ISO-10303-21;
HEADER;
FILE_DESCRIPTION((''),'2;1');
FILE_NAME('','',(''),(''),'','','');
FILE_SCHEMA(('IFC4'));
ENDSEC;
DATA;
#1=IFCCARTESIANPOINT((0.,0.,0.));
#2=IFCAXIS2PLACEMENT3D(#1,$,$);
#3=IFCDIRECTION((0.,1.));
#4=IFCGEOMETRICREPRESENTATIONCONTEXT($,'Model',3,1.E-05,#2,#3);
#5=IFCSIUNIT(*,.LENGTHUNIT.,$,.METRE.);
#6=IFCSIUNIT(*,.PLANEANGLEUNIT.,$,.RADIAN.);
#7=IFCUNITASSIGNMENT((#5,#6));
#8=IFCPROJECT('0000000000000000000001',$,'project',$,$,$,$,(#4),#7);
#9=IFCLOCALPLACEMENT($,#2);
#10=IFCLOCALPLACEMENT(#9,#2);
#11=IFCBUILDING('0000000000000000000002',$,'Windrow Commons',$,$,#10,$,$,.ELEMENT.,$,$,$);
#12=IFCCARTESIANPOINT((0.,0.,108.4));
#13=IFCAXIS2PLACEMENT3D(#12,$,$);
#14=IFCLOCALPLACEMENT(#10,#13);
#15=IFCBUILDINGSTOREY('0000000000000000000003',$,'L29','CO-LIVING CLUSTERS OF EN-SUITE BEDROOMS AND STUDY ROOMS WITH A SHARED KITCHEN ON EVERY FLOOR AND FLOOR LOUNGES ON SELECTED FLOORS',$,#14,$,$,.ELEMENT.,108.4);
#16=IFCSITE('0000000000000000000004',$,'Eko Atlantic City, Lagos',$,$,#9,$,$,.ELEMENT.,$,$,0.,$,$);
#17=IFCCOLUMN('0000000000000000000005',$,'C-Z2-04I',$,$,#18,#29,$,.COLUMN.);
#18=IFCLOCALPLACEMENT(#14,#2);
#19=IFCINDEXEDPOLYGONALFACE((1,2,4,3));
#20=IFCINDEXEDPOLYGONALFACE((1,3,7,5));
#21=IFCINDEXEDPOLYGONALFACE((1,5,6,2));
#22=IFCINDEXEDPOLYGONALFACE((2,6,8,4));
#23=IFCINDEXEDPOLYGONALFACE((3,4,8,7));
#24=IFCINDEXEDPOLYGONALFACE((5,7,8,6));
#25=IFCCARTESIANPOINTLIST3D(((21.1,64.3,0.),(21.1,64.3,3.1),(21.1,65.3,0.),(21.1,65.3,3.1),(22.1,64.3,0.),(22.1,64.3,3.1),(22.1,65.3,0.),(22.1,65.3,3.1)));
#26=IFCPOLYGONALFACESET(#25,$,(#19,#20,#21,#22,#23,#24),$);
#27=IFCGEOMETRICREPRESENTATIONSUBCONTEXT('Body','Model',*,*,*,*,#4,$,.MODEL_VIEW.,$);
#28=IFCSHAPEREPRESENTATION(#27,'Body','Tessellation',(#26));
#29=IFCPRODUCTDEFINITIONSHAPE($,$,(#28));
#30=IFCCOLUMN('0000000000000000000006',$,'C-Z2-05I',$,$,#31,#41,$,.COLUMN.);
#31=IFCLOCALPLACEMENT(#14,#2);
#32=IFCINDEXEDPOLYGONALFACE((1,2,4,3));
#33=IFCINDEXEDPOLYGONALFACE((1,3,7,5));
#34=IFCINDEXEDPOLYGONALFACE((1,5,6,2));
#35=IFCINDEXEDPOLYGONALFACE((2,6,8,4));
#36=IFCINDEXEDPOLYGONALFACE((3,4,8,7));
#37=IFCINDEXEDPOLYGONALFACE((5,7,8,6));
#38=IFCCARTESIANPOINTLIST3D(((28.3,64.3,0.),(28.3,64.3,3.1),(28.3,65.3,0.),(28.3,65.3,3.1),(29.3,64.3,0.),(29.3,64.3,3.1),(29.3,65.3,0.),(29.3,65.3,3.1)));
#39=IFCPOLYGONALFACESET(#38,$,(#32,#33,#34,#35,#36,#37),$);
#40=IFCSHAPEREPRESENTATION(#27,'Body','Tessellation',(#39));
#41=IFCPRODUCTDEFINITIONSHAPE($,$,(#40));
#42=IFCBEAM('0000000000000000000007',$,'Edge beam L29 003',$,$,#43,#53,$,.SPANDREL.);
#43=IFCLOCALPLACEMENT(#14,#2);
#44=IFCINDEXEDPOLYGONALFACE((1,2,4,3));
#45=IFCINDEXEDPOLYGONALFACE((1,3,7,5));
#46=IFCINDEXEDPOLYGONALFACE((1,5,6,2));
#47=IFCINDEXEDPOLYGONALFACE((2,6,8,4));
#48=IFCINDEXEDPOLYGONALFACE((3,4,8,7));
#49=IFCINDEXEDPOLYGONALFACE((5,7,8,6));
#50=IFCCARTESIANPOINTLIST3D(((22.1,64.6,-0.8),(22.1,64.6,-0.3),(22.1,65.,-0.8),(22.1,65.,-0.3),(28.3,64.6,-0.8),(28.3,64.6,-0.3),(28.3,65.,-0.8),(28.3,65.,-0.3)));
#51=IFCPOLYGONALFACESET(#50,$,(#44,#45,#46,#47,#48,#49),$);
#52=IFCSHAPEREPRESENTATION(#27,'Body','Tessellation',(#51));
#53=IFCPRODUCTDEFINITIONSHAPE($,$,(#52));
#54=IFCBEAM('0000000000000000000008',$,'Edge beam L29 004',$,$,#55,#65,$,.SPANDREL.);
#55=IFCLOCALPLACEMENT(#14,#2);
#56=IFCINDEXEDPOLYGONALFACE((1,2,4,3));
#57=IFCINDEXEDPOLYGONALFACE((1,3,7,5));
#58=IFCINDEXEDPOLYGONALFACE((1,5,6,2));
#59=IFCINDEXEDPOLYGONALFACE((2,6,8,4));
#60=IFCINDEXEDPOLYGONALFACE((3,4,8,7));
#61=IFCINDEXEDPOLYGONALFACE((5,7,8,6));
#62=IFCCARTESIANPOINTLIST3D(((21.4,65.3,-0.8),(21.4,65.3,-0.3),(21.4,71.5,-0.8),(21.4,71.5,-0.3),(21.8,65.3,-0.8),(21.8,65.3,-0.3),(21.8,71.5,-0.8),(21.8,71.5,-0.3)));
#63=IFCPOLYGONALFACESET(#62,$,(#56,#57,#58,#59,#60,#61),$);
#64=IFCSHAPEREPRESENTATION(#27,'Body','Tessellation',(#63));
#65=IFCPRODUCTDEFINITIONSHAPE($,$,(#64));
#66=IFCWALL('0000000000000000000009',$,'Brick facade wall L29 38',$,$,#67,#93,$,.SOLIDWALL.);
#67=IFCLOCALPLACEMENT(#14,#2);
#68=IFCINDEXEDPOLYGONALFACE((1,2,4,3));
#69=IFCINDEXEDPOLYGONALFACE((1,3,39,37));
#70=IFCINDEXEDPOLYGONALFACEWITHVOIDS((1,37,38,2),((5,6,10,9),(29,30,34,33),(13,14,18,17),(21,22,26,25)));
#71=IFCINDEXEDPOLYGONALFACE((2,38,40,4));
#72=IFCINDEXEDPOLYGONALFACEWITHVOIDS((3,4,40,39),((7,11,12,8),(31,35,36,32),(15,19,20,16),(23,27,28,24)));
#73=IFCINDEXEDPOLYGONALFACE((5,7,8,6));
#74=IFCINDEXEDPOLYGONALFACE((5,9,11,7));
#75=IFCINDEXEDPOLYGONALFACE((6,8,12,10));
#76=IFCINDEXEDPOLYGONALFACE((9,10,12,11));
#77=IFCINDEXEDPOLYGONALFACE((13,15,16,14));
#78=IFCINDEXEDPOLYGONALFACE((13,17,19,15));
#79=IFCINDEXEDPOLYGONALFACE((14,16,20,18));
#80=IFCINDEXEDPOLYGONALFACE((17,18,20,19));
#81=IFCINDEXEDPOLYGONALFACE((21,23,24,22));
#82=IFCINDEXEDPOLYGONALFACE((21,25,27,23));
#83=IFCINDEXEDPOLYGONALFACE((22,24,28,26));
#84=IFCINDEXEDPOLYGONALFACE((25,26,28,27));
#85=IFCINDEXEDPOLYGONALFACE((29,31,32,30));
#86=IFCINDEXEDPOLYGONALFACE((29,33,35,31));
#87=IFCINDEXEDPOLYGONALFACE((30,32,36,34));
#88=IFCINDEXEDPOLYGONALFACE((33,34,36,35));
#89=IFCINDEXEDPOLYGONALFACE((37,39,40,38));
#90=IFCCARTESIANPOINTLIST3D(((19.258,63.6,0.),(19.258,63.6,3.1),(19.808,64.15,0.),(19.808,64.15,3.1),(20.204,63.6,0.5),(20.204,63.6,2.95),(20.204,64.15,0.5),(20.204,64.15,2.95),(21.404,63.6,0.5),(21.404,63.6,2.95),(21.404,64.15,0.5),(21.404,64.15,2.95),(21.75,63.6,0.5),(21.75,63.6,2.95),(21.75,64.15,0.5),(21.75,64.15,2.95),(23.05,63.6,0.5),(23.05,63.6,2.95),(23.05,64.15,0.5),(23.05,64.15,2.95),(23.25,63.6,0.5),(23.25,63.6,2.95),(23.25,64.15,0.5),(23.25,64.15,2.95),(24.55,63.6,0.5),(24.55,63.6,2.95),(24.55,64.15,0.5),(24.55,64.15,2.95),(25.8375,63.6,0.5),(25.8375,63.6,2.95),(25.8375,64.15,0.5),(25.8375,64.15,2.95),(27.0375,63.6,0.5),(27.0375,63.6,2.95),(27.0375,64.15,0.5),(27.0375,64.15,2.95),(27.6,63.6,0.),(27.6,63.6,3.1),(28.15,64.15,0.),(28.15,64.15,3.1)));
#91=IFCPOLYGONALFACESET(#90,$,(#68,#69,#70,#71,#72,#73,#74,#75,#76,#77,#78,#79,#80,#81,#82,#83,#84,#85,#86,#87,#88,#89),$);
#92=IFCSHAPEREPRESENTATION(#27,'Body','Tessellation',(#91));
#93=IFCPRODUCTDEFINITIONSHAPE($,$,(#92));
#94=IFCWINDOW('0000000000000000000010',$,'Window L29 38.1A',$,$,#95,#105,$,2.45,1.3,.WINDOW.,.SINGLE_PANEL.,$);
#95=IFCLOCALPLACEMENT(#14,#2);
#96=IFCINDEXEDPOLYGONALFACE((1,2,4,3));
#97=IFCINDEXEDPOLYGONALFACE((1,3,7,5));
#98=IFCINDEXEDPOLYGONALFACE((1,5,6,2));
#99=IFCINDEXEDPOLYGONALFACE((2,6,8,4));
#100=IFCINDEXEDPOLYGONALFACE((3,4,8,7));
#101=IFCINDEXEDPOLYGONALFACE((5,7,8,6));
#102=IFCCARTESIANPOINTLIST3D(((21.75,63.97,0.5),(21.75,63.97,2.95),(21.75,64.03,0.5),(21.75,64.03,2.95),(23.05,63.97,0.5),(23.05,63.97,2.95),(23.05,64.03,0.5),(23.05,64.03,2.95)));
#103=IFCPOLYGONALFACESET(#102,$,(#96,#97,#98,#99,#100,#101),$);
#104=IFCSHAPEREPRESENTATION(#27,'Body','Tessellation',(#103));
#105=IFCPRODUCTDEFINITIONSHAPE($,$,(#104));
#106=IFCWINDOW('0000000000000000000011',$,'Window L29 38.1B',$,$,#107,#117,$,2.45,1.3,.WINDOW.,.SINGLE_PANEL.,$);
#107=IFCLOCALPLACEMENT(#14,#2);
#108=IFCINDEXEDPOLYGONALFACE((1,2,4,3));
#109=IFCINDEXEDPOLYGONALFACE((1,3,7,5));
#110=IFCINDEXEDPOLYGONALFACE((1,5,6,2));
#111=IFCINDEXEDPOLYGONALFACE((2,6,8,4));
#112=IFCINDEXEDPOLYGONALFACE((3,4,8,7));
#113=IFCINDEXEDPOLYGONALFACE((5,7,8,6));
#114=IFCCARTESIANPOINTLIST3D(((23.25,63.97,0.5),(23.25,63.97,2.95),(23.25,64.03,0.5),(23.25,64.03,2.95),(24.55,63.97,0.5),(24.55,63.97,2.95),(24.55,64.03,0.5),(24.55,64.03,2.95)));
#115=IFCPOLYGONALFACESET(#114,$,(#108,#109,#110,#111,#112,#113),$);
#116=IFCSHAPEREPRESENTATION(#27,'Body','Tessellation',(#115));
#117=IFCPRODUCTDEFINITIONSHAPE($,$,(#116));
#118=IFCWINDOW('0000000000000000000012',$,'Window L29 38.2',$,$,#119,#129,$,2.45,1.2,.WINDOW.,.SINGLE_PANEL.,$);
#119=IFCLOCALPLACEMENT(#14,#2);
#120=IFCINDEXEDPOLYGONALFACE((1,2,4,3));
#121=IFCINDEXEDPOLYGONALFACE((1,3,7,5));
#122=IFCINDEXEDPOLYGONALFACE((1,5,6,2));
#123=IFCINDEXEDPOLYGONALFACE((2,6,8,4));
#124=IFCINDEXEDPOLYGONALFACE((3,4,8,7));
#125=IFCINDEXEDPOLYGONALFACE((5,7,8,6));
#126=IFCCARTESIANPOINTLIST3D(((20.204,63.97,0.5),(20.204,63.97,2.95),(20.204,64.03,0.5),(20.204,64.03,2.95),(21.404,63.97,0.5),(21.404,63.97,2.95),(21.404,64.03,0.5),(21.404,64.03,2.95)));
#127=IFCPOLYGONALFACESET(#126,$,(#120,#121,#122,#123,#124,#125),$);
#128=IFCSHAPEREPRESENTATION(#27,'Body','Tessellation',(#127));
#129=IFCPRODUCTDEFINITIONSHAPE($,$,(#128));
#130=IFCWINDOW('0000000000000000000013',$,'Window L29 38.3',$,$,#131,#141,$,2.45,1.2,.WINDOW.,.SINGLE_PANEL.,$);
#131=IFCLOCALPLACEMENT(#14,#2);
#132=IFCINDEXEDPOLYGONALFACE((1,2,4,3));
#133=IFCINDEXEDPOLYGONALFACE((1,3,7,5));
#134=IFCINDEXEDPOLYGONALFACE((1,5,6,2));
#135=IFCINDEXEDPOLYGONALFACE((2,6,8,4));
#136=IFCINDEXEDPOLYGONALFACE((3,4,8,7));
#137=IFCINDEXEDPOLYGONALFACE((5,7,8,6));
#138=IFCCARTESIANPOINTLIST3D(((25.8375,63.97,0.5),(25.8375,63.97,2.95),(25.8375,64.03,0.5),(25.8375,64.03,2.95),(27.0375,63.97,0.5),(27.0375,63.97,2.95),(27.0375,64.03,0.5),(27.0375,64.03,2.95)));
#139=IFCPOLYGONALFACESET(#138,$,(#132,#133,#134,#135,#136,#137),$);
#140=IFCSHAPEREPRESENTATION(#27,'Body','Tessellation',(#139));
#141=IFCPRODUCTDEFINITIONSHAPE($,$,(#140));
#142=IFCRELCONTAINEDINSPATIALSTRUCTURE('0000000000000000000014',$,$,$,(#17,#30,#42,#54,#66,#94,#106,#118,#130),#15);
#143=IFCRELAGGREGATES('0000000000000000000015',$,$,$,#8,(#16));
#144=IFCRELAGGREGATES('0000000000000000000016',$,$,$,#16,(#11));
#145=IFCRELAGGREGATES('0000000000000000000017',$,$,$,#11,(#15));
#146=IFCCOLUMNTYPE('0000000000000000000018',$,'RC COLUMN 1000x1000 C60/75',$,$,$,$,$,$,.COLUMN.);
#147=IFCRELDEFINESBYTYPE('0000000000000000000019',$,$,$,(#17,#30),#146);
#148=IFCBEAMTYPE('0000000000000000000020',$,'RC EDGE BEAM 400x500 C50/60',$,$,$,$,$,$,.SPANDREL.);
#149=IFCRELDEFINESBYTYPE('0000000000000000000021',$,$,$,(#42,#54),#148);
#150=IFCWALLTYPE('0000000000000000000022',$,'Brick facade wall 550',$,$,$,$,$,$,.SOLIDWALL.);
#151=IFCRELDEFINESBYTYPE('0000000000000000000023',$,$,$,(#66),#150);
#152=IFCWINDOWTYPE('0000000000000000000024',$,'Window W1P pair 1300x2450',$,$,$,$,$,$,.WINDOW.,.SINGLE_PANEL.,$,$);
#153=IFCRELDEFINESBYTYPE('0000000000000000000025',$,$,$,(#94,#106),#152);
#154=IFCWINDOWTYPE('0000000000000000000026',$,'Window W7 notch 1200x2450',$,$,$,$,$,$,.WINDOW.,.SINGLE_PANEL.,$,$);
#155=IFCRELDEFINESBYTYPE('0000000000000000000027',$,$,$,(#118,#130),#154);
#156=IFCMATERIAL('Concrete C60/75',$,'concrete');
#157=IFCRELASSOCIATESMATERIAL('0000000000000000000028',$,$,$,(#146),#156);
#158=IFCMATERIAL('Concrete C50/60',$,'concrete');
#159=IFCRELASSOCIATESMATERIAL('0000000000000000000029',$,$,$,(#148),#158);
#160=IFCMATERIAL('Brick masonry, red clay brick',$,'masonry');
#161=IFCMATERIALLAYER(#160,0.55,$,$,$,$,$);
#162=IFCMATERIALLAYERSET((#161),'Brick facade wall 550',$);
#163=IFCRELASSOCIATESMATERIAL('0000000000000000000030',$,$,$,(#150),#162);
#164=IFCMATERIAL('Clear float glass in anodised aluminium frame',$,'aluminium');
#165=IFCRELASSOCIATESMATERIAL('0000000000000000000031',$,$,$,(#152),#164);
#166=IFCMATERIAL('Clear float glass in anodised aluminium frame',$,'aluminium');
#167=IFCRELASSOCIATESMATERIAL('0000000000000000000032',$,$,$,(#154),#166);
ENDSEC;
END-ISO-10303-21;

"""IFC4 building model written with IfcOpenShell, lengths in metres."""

from ifc_helpers import new_model, si_unit, direction, frame, frame_2d, origin, origin_2d, place, context, subcontext, project, spatial, polyline, rectangle, outline, extrude, material, layer, layer_set, material_profile, profile_set, type_object, element, fill, save


model = new_model("IFC4")

# Units and contexts
model_context = context("Model", 3, precision=1e-05, world=origin(), true_north=direction((0.0, 1.0)))
body_context = subcontext(model_context, "Body", "Model", "MODEL_VIEW")
ifc_project = project(units=[si_unit("LENGTHUNIT", "METRE"), si_unit("PLANEANGLEUNIT", "RADIAN")], contexts=[model_context])

# Site, building, storey
site_placement = place(None, origin())
site = spatial("IfcSite", under=ifc_project, at=site_placement, Name="Eko Atlantic City, Lagos", CompositionType="ELEMENT", RefElevation=0.0)
building_placement = place(site_placement, origin())
building = spatial("IfcBuilding", under=site, at=building_placement, Name="Windrow Commons", CompositionType="ELEMENT")
storey_placement = place(building_placement, frame((0.0, 0.0, 108.4)))
storey = spatial("IfcBuildingStorey", under=building, at=storey_placement, Name="L29", Description="CO-LIVING CLUSTERS OF EN-SUITE BEDROOMS AND STUDY ROOMS WITH A SHARED KITCHEN ON EVERY FLOOR AND FLOOR LOUNGES ON SELECTED FLOORS", CompositionType="ELEMENT", Elevation=108.4)

# Columns
ifc_material_1 = material(Name="Concrete C60/75", Category="concrete")
ifc_material_profile_1 = material_profile(ifc_material_1, rectangle(XDim=1.0, YDim=1.0, at=origin_2d()))
ifc_profile_set_1 = profile_set([ifc_material_profile_1], Name="Concrete C60/75")
column_type = type_object("IfcColumnType", Name="RC COLUMN 1000x1000 C60/75", PredefinedType="COLUMN", material=ifc_profile_set_1)
for number, where, z_axis, x_axis, name in (
    (1, (21.6, 64.8, 0.0), (0.0, 0.0, 1.0), (1.0, 0.0, 0.0), "C-Z2-04I"),
    (2, (28.8, 64.8, 0.0), (0.0, 0.0, 1.0), (1.0, 0.0, 0.0), "C-Z2-05I"),
):
    element("IfcColumn", number, at=place(storey_placement, frame(where, z_axis=z_axis, x_axis=x_axis)), inside=storey, type_object=column_type, Name=name, PredefinedType="COLUMN", context=body_context, shape_type="SweptSolid", body=[
        extrude(rectangle(XDim=1.0, YDim=1.0, at=origin_2d()), origin(), (0.0, 0.0, 1.0), 3.1),
    ])

# Beams
ifc_material_2 = material(Name="Concrete C50/60", Category="concrete")
ifc_material_profile_2 = material_profile(ifc_material_2, rectangle(XDim=0.4, YDim=0.5, at=origin_2d()))
ifc_profile_set_2 = profile_set([ifc_material_profile_2], Name="Concrete C50/60")
beam_type = type_object("IfcBeamType", Name="RC EDGE BEAM 400x500 C50/60", PredefinedType="SPANDREL", material=ifc_profile_set_2)
for number, where, z_axis, x_axis, name in (
    (3, (28.3, 64.8, -0.55), (-1.0, 0.0, 0.0), (0.0, -1.0, 0.0), "Edge beam L29 003"),
    (4, (21.6, 65.3, -0.55), (0.0, 1.0, 0.0), (-1.0, 0.0, 0.0), "Edge beam L29 004"),
):
    element("IfcBeam", number, at=place(storey_placement, frame(where, z_axis=z_axis, x_axis=x_axis)), inside=storey, type_object=beam_type, Name=name, PredefinedType="SPANDREL", context=body_context, shape_type="SweptSolid", body=[
        extrude(rectangle(XDim=0.4, YDim=0.5, at=origin_2d()), origin(), (0.0, 0.0, 1.0), 6.2),
    ])

# Wall, openings, windows
ifc_material_3 = material(Name="Brick masonry, red clay brick", Category="masonry")
ifc_layer_1 = layer(ifc_material_3, 0.55)
ifc_layer_set_1 = layer_set([ifc_layer_1], Name="Brick facade wall 550")
wall_type_1 = type_object("IfcWallType", Name="Brick facade wall 550", PredefinedType="SOLIDWALL", material=ifc_layer_set_1)
wall_1_placement = place(storey_placement, frame((19.533, 63.875, 0.0), z_axis=(0.0, 0.0, 1.0), x_axis=(1.0, 0.0, 0.0)))
wall_1 = element("IfcWall", 5, at=wall_1_placement, inside=storey, type_object=wall_type_1, Name="Brick facade wall L29 38", PredefinedType="SOLIDWALL", context=body_context, shape_type="SweptSolid", body=[
    extrude(outline(polyline([(-0.275, -0.275), (8.067, -0.275), (8.617, 0.275), (0.275, 0.275), (-0.275, -0.275)])), origin(), (0.0, 0.0, 1.0), 3.1),
])
opening_1_placement = place(wall_1_placement, frame((2.217, 0.0, 0.5)))
opening_1 = element("IfcOpeningElement", 6, at=opening_1_placement, cuts=wall_1, PredefinedType="OPENING", context=body_context, shape_type="SweptSolid", body=[
    extrude(rectangle(XDim=1.3, YDim=2.45, at=frame_2d((0.65, 1.225))), frame((0.0, 0.285, 0.0), z_axis=(0.0, -1.0, 0.0), x_axis=(1.0, 0.0, 0.0)), (0.0, 0.0, 1.0), 0.57),
])
opening_2_placement = place(wall_1_placement, frame((3.717, 0.0, 0.5)))
opening_2 = element("IfcOpeningElement", 7, at=opening_2_placement, cuts=wall_1, PredefinedType="OPENING", context=body_context, shape_type="SweptSolid", body=[
    extrude(rectangle(XDim=1.3, YDim=2.45, at=frame_2d((0.65, 1.225))), frame((0.0, 0.285, 0.0), z_axis=(0.0, -1.0, 0.0), x_axis=(1.0, 0.0, 0.0)), (0.0, 0.0, 1.0), 0.57),
])
opening_3_placement = place(wall_1_placement, frame((0.671, 0.0, 0.5)))
opening_3 = element("IfcOpeningElement", 8, at=opening_3_placement, cuts=wall_1, PredefinedType="OPENING", context=body_context, shape_type="SweptSolid", body=[
    extrude(rectangle(XDim=1.2, YDim=2.45, at=frame_2d((0.6, 1.225))), frame((0.0, 0.285, 0.0), z_axis=(0.0, -1.0, 0.0), x_axis=(1.0, 0.0, 0.0)), (0.0, 0.0, 1.0), 0.57),
])
opening_4_placement = place(wall_1_placement, frame((6.3045, 0.0, 0.5)))
opening_4 = element("IfcOpeningElement", 9, at=opening_4_placement, cuts=wall_1, PredefinedType="OPENING", context=body_context, shape_type="SweptSolid", body=[
    extrude(rectangle(XDim=1.2, YDim=2.45, at=frame_2d((0.6, 1.225))), frame((0.0, 0.285, 0.0), z_axis=(0.0, -1.0, 0.0), x_axis=(1.0, 0.0, 0.0)), (0.0, 0.0, 1.0), 0.57),
])
ifc_material_4 = material(Name="Clear float glass in anodised aluminium frame", Category="aluminium")
window_type_1 = type_object("IfcWindowType", Name="Window W1P pair 1300x2450", PartitioningType="SINGLE_PANEL", PredefinedType="WINDOW", material=ifc_material_4)
window_1_placement = place(opening_1_placement, origin())
window_1 = element("IfcWindow", 10, at=window_1_placement, inside=storey, type_object=window_type_1, Name="Window L29 38.1A", OverallHeight=2.45, OverallWidth=1.3, PartitioningType="SINGLE_PANEL", PredefinedType="WINDOW", context=body_context, shape_type="SweptSolid", body=[
    extrude(rectangle(XDim=1.3, YDim=2.45, at=frame_2d((0.65, 1.225))), frame((0.0, 0.155, 0.0), z_axis=(0.0, -1.0, 0.0), x_axis=(1.0, 0.0, 0.0)), (0.0, 0.0, 1.0), 0.06),
])
fill(opening_1, window_1)
window_2_placement = place(opening_2_placement, origin())
window_2 = element("IfcWindow", 11, at=window_2_placement, inside=storey, type_object=window_type_1, Name="Window L29 38.1B", OverallHeight=2.45, OverallWidth=1.3, PartitioningType="SINGLE_PANEL", PredefinedType="WINDOW", context=body_context, shape_type="SweptSolid", body=[
    extrude(rectangle(XDim=1.3, YDim=2.45, at=frame_2d((0.65, 1.225))), frame((0.0, 0.155, 0.0), z_axis=(0.0, -1.0, 0.0), x_axis=(1.0, 0.0, 0.0)), (0.0, 0.0, 1.0), 0.06),
])
fill(opening_2, window_2)
ifc_material_5 = material(Name="Clear float glass in anodised aluminium frame", Category="aluminium")
window_type_2 = type_object("IfcWindowType", Name="Window W7 notch 1200x2450", PartitioningType="SINGLE_PANEL", PredefinedType="WINDOW", material=ifc_material_5)
window_3_placement = place(opening_3_placement, origin())
window_3 = element("IfcWindow", 12, at=window_3_placement, inside=storey, type_object=window_type_2, Name="Window L29 38.2", OverallHeight=2.45, OverallWidth=1.2, PartitioningType="SINGLE_PANEL", PredefinedType="WINDOW", context=body_context, shape_type="SweptSolid", body=[
    extrude(rectangle(XDim=1.2, YDim=2.45, at=frame_2d((0.6, 1.225))), frame((0.0, 0.155, 0.0), z_axis=(0.0, -1.0, 0.0), x_axis=(1.0, 0.0, 0.0)), (0.0, 0.0, 1.0), 0.06),
])
fill(opening_3, window_3)
window_4_placement = place(opening_4_placement, origin())
window_4 = element("IfcWindow", 13, at=window_4_placement, inside=storey, type_object=window_type_2, Name="Window L29 38.3", OverallHeight=2.45, OverallWidth=1.2, PartitioningType="SINGLE_PANEL", PredefinedType="WINDOW", context=body_context, shape_type="SweptSolid", body=[
    extrude(rectangle(XDim=1.2, YDim=2.45, at=frame_2d((0.6, 1.225))), frame((0.0, 0.155, 0.0), z_axis=(0.0, -1.0, 0.0), x_axis=(1.0, 0.0, 0.0)), (0.0, 0.0, 1.0), 0.06),
])
fill(opening_4, window_4)

save(model, "model.ifc")
